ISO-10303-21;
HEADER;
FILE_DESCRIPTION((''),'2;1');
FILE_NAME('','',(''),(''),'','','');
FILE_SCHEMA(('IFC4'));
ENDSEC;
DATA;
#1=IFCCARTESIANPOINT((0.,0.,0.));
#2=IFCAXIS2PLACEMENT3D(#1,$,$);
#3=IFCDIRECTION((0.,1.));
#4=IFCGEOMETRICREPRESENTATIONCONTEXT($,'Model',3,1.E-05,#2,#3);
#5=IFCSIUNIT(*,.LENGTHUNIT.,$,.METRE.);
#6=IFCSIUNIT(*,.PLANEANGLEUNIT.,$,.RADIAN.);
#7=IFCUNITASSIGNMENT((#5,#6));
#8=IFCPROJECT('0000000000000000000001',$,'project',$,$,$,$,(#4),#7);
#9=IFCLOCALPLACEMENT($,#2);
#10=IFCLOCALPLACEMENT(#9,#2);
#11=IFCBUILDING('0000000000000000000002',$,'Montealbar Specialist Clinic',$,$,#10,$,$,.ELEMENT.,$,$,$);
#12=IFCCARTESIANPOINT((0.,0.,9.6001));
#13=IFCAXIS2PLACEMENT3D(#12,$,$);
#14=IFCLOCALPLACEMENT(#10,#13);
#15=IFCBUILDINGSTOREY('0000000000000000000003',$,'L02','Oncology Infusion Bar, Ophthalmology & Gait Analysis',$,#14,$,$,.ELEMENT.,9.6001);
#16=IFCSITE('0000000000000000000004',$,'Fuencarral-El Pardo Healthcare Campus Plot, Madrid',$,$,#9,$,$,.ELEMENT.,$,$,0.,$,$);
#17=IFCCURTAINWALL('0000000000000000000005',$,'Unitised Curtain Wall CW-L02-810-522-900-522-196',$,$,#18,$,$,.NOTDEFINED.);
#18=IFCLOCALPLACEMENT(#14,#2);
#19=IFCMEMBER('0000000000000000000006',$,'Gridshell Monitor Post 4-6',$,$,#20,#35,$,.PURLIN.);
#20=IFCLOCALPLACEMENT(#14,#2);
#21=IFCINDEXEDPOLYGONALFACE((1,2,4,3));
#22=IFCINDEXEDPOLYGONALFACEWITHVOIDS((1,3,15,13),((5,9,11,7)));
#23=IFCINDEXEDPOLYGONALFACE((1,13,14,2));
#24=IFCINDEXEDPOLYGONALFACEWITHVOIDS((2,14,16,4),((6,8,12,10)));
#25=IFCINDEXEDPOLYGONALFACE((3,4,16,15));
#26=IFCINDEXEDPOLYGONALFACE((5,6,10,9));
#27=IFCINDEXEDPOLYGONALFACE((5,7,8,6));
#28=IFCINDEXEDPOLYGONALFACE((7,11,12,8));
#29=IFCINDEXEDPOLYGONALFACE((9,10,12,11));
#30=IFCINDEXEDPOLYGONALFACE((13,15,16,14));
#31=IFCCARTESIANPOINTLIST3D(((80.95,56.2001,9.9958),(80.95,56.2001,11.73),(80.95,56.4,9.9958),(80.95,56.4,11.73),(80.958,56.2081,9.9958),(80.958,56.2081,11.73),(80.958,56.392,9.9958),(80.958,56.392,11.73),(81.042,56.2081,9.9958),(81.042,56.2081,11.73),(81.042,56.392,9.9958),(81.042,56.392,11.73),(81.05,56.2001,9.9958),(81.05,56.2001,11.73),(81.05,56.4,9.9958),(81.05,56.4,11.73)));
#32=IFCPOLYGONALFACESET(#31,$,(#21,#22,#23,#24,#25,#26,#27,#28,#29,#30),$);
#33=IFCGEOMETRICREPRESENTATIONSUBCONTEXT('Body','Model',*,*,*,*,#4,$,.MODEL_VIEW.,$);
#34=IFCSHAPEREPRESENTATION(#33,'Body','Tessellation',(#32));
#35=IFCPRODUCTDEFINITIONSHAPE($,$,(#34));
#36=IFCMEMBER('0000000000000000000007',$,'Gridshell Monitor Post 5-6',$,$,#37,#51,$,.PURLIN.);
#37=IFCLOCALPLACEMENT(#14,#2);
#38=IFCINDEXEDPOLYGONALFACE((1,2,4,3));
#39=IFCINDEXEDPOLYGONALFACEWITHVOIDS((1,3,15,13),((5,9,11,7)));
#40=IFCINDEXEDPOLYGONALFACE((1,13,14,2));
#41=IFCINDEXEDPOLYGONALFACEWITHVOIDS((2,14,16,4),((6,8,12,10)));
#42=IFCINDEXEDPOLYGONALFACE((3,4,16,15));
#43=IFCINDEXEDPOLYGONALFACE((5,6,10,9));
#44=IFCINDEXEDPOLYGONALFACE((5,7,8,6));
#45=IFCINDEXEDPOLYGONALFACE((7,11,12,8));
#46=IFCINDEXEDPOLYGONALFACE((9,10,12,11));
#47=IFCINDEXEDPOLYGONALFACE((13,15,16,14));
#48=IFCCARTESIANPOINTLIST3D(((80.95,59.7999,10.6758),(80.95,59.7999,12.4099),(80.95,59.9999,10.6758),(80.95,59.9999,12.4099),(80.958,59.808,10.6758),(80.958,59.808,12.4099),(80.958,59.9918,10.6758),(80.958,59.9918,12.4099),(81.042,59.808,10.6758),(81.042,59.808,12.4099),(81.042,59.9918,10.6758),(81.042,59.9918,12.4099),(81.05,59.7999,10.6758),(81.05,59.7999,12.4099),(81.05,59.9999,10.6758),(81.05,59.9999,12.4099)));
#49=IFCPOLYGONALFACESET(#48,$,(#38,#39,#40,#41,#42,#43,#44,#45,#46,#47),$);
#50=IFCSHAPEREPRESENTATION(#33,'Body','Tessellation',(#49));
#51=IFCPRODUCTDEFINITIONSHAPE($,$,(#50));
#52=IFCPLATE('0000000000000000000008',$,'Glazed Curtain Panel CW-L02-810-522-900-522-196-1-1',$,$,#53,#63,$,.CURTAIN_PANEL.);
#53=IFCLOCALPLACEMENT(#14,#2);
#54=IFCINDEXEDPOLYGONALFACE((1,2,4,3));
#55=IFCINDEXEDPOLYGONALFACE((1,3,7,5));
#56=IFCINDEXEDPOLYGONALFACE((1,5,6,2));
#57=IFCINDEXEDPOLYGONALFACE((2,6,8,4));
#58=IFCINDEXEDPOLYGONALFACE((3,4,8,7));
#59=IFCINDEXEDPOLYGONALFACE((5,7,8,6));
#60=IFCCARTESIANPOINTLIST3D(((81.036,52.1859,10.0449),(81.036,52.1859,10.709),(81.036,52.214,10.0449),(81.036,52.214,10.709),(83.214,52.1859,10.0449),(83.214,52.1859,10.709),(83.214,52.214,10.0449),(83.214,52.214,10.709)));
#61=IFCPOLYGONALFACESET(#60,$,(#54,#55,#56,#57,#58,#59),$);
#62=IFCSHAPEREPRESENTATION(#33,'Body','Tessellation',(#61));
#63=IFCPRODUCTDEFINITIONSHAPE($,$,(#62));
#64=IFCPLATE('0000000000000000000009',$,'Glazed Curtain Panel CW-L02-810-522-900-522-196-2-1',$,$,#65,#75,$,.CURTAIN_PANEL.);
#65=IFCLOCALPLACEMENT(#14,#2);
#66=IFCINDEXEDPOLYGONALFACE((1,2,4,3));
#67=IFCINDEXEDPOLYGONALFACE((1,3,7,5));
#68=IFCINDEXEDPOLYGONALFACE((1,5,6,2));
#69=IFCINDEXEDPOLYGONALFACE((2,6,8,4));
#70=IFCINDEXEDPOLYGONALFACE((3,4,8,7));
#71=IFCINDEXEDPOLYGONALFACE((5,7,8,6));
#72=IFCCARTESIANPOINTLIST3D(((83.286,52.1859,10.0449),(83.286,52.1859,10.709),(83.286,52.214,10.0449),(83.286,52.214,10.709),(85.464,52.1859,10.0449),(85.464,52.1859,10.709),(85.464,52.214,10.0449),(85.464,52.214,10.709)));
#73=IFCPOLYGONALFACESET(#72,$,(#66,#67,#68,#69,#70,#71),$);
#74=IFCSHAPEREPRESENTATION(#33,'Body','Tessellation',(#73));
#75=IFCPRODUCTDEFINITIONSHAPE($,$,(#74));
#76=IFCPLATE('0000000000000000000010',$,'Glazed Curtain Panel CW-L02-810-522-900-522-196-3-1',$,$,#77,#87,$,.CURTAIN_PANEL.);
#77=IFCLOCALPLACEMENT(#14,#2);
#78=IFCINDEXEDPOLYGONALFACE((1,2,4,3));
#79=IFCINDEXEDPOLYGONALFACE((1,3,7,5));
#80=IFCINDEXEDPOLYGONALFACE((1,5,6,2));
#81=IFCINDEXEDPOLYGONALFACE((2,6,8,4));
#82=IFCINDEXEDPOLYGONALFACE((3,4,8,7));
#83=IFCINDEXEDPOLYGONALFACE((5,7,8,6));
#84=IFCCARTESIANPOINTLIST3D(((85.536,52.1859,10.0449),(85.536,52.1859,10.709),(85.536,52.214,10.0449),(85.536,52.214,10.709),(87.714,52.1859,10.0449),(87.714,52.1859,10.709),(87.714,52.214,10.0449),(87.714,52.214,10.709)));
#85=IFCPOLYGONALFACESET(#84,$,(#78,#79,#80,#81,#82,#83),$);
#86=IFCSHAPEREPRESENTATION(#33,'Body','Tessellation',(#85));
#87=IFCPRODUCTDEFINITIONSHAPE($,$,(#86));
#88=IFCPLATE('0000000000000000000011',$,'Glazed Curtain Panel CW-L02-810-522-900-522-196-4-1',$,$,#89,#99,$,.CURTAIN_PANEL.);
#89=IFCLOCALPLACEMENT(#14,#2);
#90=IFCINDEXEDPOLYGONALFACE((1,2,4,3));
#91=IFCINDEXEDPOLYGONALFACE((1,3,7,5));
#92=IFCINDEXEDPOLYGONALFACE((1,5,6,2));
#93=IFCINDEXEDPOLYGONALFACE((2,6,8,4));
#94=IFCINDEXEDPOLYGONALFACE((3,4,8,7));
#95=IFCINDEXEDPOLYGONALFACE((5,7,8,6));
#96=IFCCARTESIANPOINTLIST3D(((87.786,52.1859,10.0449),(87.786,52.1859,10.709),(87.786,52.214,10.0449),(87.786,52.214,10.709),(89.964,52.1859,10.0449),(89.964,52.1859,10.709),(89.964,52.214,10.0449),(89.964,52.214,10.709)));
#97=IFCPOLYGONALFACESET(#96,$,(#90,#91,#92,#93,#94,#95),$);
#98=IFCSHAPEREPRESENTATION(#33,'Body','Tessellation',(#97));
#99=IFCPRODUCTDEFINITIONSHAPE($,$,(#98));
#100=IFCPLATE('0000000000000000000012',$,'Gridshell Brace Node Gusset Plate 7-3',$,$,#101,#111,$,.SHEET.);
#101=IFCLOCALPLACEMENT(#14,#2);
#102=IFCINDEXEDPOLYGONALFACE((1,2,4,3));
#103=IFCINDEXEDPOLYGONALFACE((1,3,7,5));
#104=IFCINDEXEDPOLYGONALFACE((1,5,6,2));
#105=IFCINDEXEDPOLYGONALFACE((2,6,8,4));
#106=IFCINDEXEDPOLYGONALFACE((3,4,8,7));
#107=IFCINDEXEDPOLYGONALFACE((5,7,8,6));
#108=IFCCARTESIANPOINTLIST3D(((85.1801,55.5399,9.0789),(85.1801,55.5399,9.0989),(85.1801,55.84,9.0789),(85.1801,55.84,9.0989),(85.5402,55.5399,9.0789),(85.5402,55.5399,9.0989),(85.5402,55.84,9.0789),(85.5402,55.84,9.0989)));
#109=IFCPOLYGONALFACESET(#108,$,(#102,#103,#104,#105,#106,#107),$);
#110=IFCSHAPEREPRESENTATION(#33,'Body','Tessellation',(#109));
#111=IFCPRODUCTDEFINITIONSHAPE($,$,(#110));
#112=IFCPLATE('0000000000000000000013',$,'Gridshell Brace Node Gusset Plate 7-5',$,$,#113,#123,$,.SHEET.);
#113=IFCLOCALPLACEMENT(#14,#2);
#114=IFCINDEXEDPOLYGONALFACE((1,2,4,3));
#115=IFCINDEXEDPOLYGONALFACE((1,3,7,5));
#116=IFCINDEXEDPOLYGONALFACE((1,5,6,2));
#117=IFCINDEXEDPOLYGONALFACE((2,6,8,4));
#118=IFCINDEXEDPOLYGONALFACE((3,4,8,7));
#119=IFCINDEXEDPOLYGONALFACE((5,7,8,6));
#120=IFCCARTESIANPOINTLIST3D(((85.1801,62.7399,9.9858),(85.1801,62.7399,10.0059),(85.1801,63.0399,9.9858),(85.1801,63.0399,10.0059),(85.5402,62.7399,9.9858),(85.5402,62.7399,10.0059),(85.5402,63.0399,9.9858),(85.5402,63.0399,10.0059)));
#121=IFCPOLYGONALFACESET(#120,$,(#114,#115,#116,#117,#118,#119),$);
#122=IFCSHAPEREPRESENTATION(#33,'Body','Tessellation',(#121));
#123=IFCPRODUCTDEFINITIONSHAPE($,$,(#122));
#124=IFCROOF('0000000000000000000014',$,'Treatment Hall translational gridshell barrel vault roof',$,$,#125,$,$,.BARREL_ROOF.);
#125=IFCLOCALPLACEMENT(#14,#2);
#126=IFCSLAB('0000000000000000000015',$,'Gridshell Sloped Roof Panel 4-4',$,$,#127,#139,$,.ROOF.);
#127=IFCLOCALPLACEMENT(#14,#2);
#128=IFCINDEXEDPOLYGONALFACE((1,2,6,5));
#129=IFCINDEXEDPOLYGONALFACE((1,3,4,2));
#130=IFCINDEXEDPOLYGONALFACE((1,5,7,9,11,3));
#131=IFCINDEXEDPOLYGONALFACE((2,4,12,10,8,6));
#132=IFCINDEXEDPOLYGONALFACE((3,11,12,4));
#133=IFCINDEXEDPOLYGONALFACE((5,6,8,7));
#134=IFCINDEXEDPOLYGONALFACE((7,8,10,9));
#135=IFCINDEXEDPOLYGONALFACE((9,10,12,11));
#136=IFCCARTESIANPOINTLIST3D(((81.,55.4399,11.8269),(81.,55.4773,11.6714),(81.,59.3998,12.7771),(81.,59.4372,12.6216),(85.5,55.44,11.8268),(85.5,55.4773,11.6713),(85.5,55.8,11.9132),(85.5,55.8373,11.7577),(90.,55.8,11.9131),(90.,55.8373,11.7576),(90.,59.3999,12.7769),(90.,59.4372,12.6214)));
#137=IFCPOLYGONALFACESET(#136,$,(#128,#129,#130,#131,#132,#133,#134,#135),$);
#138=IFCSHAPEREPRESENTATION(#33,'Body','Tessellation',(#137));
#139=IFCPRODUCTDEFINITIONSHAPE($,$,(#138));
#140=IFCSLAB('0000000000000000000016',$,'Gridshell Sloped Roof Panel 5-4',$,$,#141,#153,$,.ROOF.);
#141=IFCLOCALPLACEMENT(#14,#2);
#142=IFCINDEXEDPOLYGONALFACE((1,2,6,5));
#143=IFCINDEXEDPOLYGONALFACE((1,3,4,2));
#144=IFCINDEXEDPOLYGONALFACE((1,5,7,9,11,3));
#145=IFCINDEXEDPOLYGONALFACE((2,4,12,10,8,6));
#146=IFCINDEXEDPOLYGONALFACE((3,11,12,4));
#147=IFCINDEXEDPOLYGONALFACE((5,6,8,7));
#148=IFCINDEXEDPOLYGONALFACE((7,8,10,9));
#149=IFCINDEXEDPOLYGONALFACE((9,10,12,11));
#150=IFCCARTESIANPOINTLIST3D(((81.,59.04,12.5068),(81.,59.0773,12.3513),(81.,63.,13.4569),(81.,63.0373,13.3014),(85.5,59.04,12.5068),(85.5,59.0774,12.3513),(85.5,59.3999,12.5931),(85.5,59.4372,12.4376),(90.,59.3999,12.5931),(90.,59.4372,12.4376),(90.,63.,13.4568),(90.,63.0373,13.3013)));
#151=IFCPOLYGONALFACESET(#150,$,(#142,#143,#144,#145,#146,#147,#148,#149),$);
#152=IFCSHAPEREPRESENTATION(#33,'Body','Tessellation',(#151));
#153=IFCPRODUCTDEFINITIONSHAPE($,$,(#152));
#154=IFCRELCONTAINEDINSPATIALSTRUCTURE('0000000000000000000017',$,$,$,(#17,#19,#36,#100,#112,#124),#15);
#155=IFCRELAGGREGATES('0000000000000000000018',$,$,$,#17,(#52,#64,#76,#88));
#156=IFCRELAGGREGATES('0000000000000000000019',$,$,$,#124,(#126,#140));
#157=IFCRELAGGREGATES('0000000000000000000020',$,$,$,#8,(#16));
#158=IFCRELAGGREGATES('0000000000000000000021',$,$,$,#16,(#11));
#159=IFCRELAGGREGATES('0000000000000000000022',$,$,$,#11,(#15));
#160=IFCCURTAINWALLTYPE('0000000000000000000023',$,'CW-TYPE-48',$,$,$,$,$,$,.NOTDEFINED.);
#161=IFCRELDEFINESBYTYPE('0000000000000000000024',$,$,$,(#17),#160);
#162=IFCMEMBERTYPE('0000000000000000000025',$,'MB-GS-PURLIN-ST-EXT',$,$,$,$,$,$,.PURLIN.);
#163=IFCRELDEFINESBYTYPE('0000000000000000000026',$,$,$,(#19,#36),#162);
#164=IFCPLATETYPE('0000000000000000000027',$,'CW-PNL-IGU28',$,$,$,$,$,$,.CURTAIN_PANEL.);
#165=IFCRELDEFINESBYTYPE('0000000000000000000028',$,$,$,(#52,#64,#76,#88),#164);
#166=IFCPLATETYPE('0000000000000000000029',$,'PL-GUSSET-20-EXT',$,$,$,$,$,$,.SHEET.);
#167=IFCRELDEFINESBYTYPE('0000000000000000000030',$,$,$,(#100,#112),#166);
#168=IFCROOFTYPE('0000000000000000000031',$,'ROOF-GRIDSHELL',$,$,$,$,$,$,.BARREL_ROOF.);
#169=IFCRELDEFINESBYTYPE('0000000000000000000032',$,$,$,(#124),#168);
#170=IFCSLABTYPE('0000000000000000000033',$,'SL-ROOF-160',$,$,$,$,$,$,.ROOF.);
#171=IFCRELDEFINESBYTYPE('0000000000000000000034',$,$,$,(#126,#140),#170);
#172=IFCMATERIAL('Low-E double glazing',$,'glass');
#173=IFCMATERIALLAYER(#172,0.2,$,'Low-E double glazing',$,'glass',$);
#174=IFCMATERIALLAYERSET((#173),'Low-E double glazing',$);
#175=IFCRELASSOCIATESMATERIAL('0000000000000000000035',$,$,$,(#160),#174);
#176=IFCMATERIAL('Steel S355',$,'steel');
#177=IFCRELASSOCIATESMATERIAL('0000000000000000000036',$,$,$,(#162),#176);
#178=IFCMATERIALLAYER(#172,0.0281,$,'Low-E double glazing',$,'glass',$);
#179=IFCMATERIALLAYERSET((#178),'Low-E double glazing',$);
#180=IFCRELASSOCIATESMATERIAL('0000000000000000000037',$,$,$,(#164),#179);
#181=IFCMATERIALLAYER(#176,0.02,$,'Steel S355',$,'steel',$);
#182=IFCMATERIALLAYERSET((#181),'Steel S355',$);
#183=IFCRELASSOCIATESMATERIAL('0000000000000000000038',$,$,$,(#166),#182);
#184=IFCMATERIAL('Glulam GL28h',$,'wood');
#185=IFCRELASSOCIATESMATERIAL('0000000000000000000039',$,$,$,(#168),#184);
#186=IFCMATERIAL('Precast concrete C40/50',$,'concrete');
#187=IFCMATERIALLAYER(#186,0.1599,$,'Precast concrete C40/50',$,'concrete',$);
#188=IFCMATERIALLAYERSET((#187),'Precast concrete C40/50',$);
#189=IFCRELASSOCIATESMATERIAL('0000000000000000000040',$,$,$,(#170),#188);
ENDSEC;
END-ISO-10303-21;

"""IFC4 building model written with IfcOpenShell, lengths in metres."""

from ifc_helpers import new_model, si_unit, direction, frame, origin, origin_2d, place, context, subcontext, project, spatial, polyline, rectangle, hollow_rectangle, outline, extrude, material, layer, layer_set, material_profile, profile_set, type_object, element, aggregate, save


model = new_model("IFC4")

# Units and contexts
model_context = context("Model", 3, precision=1e-05, world=origin(), true_north=direction((0.0, 1.0)))
body_context = subcontext(model_context, "Body", "Model", "MODEL_VIEW")
ifc_project = project(units=[si_unit("LENGTHUNIT", "METRE"), si_unit("PLANEANGLEUNIT", "RADIAN")], contexts=[model_context])

# Site, building, storey
site_placement = place(None, origin())
site = spatial("IfcSite", under=ifc_project, at=site_placement, Name="Fuencarral-El Pardo Healthcare Campus Plot, Madrid", CompositionType="ELEMENT", RefElevation=0.0)
building_placement = place(site_placement, origin())
building = spatial("IfcBuilding", under=site, at=building_placement, Name="Montealbar Specialist Clinic", CompositionType="ELEMENT")
storey_placement = place(building_placement, frame((0.0, 0.0, 9.6001)))
storey = spatial("IfcBuildingStorey", under=building, at=storey_placement, Name="L02", Description="Oncology Infusion Bar, Ophthalmology & Gait Analysis", CompositionType="ELEMENT", Elevation=9.6001)

# Shared definitions
ifc_material_1 = material(Name="Steel S355", Category="steel")
ifc_material_2 = material(Name="Glulam GL28h", Category="wood")

# Curtain wall
ifc_material_3 = material(Name="Low-E double glazing", Category="glass")
ifc_layer_1 = layer(ifc_material_3, 0.2, Name="Low-E double glazing", Category="glass")
ifc_layer_set_1 = layer_set([ifc_layer_1], Name="Low-E double glazing")
curtain_wall_type = type_object("IfcCurtainWallType", Name="CW-TYPE-48", PredefinedType="NOTDEFINED", material=ifc_layer_set_1)
curtain_wall_placement = place(storey_placement, origin())
curtain_wall = element("IfcCurtainWall", 1, at=curtain_wall_placement, inside=storey, type_object=curtain_wall_type, Name="Unitised Curtain Wall CW-L02-810-522-900-522-196", PredefinedType="NOTDEFINED")

# Members
ifc_material_profile_1 = material_profile(ifc_material_1, hollow_rectangle(XDim=0.1001, YDim=0.2, WallThickness=0.0081, at=origin_2d()), Name="RHS 200x100x8", Category="steel")
ifc_profile_set_1 = profile_set([ifc_material_profile_1], Name="Steel S355")
member_type_1 = type_object("IfcMemberType", Name="MB-GS-PURLIN-ST-EXT", PredefinedType="PURLIN", material=ifc_profile_set_1)
for number, where, z_axis, x_axis, name in (
    (2, (81.0, 56.3, 9.9958), (0.0, 0.0, 1.0), (1.0, 0.0, 0.0), "Gridshell Monitor Post 4-6"),
    (3, (81.0, 59.8999, 10.6758), (0.0, 0.0, 1.0), (1.0, 0.0, 0.0), "Gridshell Monitor Post 5-6"),
):
    element("IfcMember", number, at=place(storey_placement, frame(where, z_axis=z_axis, x_axis=x_axis)), inside=storey, type_object=member_type_1, Name=name, PredefinedType="PURLIN", context=body_context, shape_type="SweptSolid", body=[
        extrude(hollow_rectangle(XDim=0.1001, YDim=0.2, WallThickness=0.0081, at=origin_2d()), origin(), (0.0, 0.0, 1.0), 1.7341),
    ])

# Plates
ifc_layer_2 = layer(ifc_material_3, 0.0281, Name="Low-E double glazing", Category="glass")
ifc_layer_set_2 = layer_set([ifc_layer_2], Name="Low-E double glazing")
plate_type_1 = type_object("IfcPlateType", Name="CW-PNL-IGU28", PredefinedType="CURTAIN_PANEL", material=ifc_layer_set_2)
plate_1_placement = place(storey_placement, frame((82.125, 52.2, 10.0449), z_axis=(0.0, 0.0, 1.0), x_axis=(1.0, 0.0, 0.0)))
plate_1 = element("IfcPlate", 4, at=plate_1_placement, type_object=plate_type_1, Name="Glazed Curtain Panel CW-L02-810-522-900-522-196-1-1", PredefinedType="CURTAIN_PANEL", context=body_context, shape_type="SweptSolid", body=[
    extrude(rectangle(XDim=2.178, YDim=0.0281, at=origin_2d()), origin(), (0.0, 0.0, 1.0), 0.6641),
])
plate_2_placement = place(storey_placement, frame((84.375, 52.2, 10.0449), z_axis=(0.0, 0.0, 1.0), x_axis=(1.0, 0.0, 0.0)))
plate_2 = element("IfcPlate", 5, at=plate_2_placement, type_object=plate_type_1, Name="Glazed Curtain Panel CW-L02-810-522-900-522-196-2-1", PredefinedType="CURTAIN_PANEL", context=body_context, shape_type="SweptSolid", body=[
    extrude(rectangle(XDim=2.178, YDim=0.0281, at=origin_2d()), origin(), (0.0, 0.0, 1.0), 0.6641),
])
plate_3_placement = place(storey_placement, frame((86.625, 52.2, 10.0449), z_axis=(0.0, 0.0, 1.0), x_axis=(1.0, 0.0, 0.0)))
plate_3 = element("IfcPlate", 6, at=plate_3_placement, type_object=plate_type_1, Name="Glazed Curtain Panel CW-L02-810-522-900-522-196-3-1", PredefinedType="CURTAIN_PANEL", context=body_context, shape_type="SweptSolid", body=[
    extrude(rectangle(XDim=2.178, YDim=0.0281, at=origin_2d()), origin(), (0.0, 0.0, 1.0), 0.6641),
])
plate_4_placement = place(storey_placement, frame((88.875, 52.2, 10.0449), z_axis=(0.0, 0.0, 1.0), x_axis=(1.0, 0.0, 0.0)))
plate_4 = element("IfcPlate", 7, at=plate_4_placement, type_object=plate_type_1, Name="Glazed Curtain Panel CW-L02-810-522-900-522-196-4-1", PredefinedType="CURTAIN_PANEL", context=body_context, shape_type="SweptSolid", body=[
    extrude(rectangle(XDim=2.178, YDim=0.0281, at=origin_2d()), origin(), (0.0, 0.0, 1.0), 0.6641),
])
aggregate(curtain_wall, [plate_1, plate_2, plate_3, plate_4])

# Plates
ifc_layer_3 = layer(ifc_material_1, 0.02, Name="Steel S355", Category="steel")
ifc_layer_set_3 = layer_set([ifc_layer_3], Name="Steel S355")
plate_type_2 = type_object("IfcPlateType", Name="PL-GUSSET-20-EXT", PredefinedType="SHEET", material=ifc_layer_set_3)
for number, where, z_axis, x_axis, name in (
    (8, (85.3601, 55.6899, 9.0789), (0.0, 0.0, 1.0), (1.0, 0.0, 0.0), "Gridshell Brace Node Gusset Plate 7-3"),
    (9, (85.3601, 62.8899, 9.9858), (0.0, 0.0, 1.0), (1.0, 0.0, 0.0), "Gridshell Brace Node Gusset Plate 7-5"),
):
    element("IfcPlate", number, at=place(storey_placement, frame(where, z_axis=z_axis, x_axis=x_axis)), inside=storey, type_object=plate_type_2, Name=name, PredefinedType="SHEET", context=body_context, shape_type="SweptSolid", body=[
        extrude(rectangle(XDim=0.3601, YDim=0.3, at=origin_2d()), origin(), (0.0, 0.0, 1.0), 0.02),
    ])

# Roof, slabs
roof_type = type_object("IfcRoofType", Name="ROOF-GRIDSHELL", PredefinedType="BARREL_ROOF", material=ifc_material_2)
roof_placement = place(storey_placement, origin())
roof = element("IfcRoof", 10, at=roof_placement, inside=storey, type_object=roof_type, Name="Treatment Hall translational gridshell barrel vault roof", PredefinedType="BARREL_ROOF")
ifc_material_4 = material(Name="Precast concrete C40/50", Category="concrete")
ifc_layer_4 = layer(ifc_material_4, 0.1599, Name="Precast concrete C40/50", Category="concrete")
ifc_layer_set_4 = layer_set([ifc_layer_4], Name="Precast concrete C40/50")
slab_type = type_object("IfcSlabType", Name="SL-ROOF-160", PredefinedType="ROOF", material=ifc_layer_set_4)
slab_1_placement = place(storey_placement, frame((81.0, 55.4399, 11.8269), z_axis=(0.000025, -0.233325, 0.972399), x_axis=(1.0, 0.000006, -0.000025)))
slab_1 = element("IfcSlab", 11, at=slab_1_placement, type_object=slab_type, Name="Gridshell Sloped Roof Panel 4-4", PredefinedType="ROOF", context=body_context, shape_type="SweptSolid", body=[
    extrude(outline(polyline([(0.0, 0.0), (4.5, 0.0), (4.5, 0.3702), (9.0, 0.3702), (9.0, 4.0723), (0.0, 4.0723), (0.0, 0.0)])), origin(), (0.0, 0.0, -1.0), 0.1599),
])
slab_2_placement = place(storey_placement, frame((81.0, 59.04, 12.5068), z_axis=(0.000008, -0.233289, 0.972408), x_axis=(1.0, 0.000002, -0.000008)))
slab_2 = element("IfcSlab", 12, at=slab_2_placement, type_object=slab_type, Name="Gridshell Sloped Roof Panel 5-4", PredefinedType="ROOF", context=body_context, shape_type="SweptSolid", body=[
    extrude(outline(polyline([(0.0, 0.0), (4.5, 0.0), (4.5, 0.37), (9.0, 0.37), (9.0, 4.0723), (0.0, 4.0723), (0.0, 0.0)])), origin(), (0.0, 0.0, -1.0), 0.1599),
])
aggregate(roof, [slab_1, slab_2])

save(model, "model.ifc")
